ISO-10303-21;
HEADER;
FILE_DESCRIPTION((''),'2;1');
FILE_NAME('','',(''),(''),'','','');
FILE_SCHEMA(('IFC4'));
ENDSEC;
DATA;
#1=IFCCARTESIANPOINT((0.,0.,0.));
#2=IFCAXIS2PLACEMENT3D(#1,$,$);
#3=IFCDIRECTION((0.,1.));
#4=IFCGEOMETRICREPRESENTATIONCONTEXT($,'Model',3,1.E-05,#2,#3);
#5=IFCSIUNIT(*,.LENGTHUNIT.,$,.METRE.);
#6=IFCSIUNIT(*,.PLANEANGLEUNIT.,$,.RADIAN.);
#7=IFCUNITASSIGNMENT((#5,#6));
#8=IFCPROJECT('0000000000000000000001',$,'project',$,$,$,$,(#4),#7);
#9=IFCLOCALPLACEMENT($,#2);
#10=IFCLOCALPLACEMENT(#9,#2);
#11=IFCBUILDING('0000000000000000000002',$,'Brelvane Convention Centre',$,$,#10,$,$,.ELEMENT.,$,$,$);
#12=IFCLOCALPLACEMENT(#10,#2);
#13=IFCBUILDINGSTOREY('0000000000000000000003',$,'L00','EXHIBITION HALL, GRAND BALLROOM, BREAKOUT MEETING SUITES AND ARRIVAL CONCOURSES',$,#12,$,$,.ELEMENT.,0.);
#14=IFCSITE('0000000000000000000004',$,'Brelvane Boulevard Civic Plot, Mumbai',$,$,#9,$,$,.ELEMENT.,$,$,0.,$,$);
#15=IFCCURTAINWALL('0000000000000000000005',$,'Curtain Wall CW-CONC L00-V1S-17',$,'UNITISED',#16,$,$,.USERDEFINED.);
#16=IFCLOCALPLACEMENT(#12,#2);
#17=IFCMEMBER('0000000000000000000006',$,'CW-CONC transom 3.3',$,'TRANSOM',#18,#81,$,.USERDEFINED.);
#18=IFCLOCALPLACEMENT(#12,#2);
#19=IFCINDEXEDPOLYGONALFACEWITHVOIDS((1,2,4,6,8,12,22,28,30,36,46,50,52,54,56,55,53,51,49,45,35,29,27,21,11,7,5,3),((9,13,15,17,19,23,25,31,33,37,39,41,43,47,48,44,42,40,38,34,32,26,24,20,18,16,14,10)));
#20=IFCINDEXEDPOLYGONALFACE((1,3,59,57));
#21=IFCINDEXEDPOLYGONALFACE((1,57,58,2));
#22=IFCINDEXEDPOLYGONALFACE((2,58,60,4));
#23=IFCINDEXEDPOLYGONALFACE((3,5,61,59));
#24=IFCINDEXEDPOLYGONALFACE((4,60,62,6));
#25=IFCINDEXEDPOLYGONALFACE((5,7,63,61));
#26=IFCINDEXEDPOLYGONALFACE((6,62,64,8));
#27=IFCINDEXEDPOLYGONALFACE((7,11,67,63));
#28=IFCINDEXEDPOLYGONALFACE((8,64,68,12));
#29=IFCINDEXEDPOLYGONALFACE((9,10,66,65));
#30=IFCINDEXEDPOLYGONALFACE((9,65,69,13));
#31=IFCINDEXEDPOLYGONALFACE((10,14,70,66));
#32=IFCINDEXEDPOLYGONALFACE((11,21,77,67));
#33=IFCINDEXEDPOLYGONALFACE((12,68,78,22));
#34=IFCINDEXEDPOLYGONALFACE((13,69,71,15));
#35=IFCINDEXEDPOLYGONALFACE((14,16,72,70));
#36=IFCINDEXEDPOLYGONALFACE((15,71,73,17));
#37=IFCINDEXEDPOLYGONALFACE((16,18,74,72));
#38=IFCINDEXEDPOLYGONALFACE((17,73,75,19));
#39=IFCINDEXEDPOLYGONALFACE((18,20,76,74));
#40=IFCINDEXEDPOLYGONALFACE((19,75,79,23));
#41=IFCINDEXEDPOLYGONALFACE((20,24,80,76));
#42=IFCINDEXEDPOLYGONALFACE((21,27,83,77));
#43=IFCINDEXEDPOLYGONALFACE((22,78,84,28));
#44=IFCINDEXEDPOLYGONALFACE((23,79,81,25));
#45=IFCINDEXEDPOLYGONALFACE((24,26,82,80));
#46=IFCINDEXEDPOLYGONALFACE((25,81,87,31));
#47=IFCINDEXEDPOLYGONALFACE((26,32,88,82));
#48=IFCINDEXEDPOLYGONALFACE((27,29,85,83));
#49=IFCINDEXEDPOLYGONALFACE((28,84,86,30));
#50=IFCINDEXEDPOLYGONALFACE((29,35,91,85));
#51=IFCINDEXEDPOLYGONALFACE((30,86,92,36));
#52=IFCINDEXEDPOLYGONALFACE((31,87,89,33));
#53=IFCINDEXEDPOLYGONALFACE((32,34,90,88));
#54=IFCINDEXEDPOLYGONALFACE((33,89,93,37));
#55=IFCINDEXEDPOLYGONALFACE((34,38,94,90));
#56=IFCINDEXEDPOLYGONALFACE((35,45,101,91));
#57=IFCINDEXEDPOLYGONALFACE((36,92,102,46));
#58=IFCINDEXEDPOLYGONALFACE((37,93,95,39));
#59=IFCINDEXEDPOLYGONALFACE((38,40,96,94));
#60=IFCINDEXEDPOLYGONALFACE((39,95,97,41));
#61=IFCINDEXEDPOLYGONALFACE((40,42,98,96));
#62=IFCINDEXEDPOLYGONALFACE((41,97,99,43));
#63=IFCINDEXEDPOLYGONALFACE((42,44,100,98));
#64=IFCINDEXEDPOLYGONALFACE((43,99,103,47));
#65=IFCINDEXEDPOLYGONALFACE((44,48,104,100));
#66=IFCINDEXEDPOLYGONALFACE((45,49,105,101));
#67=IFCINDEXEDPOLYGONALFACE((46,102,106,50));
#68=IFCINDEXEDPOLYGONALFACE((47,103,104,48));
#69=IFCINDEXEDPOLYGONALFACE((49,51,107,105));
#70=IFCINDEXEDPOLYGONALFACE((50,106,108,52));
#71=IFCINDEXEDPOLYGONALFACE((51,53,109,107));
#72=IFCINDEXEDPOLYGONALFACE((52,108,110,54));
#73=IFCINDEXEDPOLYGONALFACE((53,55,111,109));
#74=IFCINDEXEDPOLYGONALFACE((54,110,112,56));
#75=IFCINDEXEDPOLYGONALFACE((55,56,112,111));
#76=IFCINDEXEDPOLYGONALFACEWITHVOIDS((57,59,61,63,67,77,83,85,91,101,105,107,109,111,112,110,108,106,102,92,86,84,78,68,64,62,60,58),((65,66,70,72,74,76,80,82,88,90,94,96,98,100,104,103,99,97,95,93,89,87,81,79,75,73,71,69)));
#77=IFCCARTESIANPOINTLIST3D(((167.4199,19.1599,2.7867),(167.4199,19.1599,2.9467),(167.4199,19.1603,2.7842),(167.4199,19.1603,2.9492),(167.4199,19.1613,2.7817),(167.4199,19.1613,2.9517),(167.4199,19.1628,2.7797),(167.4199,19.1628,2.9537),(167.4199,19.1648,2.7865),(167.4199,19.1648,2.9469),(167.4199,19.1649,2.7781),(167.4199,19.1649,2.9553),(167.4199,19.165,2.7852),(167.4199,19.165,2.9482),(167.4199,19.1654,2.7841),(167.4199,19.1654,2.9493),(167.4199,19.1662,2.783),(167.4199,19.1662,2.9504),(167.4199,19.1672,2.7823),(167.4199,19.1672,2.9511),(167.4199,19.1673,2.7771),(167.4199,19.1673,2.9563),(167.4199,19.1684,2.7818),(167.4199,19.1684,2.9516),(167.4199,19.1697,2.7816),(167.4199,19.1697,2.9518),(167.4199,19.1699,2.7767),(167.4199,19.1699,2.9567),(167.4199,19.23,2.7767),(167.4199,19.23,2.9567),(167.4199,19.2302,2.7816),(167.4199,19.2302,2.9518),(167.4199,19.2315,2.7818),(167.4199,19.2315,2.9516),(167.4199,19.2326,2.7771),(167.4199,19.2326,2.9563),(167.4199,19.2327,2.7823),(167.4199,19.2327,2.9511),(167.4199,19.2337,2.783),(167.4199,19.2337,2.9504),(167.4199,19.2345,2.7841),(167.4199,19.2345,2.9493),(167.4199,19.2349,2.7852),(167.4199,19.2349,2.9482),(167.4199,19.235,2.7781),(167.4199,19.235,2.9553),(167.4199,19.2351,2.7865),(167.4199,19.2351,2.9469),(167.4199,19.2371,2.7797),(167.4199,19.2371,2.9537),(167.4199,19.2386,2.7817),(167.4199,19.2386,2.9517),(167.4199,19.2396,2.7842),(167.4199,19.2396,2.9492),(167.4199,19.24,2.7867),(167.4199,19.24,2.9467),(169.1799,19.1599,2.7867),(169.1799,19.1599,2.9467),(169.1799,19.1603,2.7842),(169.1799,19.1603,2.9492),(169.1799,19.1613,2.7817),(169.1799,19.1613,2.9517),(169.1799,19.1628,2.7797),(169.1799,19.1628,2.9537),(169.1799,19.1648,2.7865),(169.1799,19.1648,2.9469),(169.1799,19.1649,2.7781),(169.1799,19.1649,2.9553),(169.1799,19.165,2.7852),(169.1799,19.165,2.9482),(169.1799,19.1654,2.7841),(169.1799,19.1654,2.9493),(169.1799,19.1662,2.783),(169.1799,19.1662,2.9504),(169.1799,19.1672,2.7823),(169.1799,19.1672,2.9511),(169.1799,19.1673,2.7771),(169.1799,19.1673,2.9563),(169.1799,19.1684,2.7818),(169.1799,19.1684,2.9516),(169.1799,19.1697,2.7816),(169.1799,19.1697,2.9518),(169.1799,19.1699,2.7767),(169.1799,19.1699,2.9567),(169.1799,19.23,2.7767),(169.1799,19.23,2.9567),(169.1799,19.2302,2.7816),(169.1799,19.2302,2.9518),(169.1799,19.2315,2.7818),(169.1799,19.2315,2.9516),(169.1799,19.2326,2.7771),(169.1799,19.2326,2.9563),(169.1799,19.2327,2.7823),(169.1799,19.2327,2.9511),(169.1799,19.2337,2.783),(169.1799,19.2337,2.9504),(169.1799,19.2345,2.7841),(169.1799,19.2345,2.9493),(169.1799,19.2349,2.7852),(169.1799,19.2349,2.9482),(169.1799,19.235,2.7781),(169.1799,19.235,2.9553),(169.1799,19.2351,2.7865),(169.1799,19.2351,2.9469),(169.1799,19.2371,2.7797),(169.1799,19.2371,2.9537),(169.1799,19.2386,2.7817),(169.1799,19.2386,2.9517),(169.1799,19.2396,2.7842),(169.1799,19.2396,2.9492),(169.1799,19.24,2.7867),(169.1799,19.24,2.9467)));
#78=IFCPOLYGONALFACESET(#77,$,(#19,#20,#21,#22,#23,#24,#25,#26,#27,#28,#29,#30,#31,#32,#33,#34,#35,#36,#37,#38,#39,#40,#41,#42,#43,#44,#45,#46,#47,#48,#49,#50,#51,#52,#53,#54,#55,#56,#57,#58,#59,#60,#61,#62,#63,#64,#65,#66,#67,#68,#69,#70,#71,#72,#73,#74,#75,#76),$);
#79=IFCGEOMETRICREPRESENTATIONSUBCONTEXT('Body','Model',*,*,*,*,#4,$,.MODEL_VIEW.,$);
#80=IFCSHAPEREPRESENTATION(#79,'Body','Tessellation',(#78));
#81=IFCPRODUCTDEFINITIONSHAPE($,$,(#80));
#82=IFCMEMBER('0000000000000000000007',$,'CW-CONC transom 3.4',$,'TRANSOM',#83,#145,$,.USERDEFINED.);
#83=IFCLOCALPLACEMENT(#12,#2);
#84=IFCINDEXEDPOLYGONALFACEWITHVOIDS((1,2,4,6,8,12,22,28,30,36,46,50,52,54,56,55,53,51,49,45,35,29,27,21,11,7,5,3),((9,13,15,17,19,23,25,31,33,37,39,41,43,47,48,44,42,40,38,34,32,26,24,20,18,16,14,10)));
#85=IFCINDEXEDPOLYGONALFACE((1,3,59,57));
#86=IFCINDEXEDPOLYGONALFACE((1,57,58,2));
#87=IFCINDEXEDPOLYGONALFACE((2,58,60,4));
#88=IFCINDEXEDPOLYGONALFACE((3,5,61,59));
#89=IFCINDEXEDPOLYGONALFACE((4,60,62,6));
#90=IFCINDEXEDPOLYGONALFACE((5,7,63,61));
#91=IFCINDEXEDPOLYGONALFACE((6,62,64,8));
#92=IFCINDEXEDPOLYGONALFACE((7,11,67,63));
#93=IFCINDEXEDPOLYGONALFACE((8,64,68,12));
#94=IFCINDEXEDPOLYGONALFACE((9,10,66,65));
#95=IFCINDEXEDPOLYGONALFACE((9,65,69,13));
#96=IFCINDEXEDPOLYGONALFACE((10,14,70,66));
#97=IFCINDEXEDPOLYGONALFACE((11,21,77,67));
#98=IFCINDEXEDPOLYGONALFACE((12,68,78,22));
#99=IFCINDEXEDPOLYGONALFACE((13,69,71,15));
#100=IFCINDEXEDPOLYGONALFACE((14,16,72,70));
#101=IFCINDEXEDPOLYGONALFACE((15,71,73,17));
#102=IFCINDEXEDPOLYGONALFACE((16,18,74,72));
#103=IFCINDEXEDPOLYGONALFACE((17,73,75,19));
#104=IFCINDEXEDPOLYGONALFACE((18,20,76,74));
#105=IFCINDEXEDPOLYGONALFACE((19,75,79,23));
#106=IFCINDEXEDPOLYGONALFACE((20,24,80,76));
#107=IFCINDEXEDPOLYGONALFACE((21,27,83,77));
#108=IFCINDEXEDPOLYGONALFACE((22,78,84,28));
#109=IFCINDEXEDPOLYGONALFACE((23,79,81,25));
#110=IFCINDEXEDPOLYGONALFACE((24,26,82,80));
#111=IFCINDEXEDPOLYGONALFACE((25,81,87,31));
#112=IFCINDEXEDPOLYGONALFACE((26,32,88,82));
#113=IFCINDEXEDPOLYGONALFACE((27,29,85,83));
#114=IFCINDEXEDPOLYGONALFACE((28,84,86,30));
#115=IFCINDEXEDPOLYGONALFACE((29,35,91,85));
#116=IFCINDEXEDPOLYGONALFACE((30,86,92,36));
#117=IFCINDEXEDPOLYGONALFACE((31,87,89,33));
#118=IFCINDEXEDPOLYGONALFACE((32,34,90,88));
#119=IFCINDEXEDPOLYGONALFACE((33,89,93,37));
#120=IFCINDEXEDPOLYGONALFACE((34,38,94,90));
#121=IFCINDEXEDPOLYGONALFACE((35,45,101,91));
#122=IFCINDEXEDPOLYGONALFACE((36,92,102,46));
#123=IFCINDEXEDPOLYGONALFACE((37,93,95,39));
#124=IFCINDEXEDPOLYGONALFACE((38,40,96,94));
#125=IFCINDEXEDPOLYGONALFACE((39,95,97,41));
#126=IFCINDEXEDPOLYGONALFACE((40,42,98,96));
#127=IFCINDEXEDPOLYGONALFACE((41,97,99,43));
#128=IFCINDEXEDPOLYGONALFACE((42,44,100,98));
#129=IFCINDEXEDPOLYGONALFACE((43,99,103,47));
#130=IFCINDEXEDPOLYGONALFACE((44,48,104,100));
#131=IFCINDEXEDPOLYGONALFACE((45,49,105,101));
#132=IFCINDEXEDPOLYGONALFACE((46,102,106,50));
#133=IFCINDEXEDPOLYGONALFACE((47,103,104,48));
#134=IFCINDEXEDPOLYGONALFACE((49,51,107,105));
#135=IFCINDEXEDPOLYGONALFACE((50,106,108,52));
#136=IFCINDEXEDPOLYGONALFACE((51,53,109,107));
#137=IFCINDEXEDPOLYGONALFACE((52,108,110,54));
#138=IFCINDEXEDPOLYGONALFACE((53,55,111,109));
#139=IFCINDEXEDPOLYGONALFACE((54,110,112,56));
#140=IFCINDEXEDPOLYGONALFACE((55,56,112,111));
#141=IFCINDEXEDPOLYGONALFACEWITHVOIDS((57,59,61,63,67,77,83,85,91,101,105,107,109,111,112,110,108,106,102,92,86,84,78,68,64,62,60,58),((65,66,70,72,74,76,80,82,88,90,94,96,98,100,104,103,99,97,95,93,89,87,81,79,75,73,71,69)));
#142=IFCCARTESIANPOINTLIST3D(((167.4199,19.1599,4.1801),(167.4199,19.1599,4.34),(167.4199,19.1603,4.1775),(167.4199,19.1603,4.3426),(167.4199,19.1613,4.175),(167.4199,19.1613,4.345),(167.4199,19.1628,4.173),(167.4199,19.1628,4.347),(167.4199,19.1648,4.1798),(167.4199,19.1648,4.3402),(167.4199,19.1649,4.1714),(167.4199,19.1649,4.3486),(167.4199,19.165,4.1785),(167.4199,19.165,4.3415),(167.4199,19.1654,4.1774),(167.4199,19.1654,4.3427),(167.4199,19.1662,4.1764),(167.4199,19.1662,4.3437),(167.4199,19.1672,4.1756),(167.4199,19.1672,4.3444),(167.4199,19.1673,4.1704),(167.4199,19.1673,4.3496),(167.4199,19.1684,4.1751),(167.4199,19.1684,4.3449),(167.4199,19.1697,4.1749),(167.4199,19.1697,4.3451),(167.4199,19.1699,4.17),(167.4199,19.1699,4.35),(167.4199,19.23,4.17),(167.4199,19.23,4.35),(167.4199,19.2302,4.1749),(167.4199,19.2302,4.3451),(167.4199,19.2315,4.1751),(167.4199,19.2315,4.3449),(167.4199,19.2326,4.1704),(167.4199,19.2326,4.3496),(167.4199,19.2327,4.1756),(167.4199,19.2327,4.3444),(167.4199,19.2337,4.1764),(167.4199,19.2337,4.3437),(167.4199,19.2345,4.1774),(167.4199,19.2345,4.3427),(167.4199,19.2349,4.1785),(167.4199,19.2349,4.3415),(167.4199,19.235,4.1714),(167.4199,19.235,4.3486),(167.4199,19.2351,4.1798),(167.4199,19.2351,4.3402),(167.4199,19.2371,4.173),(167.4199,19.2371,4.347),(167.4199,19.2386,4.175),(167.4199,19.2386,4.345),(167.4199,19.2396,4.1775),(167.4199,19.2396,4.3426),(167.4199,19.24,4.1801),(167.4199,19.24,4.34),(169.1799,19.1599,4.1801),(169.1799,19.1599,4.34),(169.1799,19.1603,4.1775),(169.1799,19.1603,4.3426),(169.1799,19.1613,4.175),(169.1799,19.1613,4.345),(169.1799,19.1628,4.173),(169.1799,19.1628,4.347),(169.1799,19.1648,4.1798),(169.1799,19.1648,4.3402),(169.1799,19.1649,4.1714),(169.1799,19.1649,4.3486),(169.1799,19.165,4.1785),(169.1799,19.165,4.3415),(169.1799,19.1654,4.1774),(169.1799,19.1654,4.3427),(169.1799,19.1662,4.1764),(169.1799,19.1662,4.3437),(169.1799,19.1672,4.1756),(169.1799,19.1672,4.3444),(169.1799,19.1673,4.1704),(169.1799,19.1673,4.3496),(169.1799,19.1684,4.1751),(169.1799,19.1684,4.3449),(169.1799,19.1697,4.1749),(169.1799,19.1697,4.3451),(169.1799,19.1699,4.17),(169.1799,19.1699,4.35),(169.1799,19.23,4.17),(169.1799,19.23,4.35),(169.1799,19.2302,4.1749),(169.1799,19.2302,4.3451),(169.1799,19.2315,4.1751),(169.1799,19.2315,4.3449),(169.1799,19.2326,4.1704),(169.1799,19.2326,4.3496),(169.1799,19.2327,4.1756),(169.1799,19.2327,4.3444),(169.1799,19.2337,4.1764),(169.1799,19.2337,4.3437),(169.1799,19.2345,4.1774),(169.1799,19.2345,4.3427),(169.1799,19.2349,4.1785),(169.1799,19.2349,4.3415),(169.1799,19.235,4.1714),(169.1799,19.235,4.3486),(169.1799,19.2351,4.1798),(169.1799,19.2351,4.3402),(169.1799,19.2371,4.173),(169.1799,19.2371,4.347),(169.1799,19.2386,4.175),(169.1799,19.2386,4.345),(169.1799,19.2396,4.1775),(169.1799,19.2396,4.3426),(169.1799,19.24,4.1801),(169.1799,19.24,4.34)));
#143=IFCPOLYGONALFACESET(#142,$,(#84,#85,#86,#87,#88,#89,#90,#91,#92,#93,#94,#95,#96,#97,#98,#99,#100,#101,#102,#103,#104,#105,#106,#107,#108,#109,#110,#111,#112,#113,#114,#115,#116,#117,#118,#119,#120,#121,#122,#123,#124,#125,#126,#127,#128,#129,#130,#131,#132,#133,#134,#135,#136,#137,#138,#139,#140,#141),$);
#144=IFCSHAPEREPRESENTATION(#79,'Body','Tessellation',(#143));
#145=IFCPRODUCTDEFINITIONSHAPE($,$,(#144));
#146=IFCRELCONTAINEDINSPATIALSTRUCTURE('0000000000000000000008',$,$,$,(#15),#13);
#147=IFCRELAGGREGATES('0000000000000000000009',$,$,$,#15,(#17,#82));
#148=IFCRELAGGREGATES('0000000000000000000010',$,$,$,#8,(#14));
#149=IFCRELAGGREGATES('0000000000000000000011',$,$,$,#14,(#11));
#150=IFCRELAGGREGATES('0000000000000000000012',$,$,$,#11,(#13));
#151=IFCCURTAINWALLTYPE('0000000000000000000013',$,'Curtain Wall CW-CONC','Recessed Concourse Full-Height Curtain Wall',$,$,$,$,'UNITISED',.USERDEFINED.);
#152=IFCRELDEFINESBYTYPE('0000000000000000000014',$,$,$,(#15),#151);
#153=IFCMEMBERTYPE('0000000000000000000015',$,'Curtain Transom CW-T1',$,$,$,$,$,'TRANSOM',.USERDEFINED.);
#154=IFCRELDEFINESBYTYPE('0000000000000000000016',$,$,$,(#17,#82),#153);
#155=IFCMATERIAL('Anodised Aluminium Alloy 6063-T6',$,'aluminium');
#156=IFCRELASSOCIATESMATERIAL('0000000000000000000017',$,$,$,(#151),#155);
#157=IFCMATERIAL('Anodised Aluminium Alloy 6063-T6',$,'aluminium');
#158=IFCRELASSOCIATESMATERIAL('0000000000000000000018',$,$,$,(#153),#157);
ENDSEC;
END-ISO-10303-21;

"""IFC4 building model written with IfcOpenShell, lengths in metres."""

from ifc_helpers import new_model, si_unit, direction, frame, origin, origin_2d, place, context, subcontext, project, spatial, hollow_rectangle, extrude, material, material_profile, profile_set, type_object, element, aggregate, save


model = new_model("IFC4")

# Units and contexts
model_context = context("Model", 3, precision=1e-05, world=origin(), true_north=direction((0.0, 1.0)))
body_context = subcontext(model_context, "Body", "Model", "MODEL_VIEW")
ifc_project = project(units=[si_unit("LENGTHUNIT", "METRE"), si_unit("PLANEANGLEUNIT", "RADIAN")], contexts=[model_context])

# Site, building, storey
site_placement = place(None, origin())
site = spatial("IfcSite", under=ifc_project, at=site_placement, Name="Brelvane Boulevard Civic Plot, Mumbai", CompositionType="ELEMENT", RefElevation=0.0)
building_placement = place(site_placement, origin())
building = spatial("IfcBuilding", under=site, at=building_placement, Name="Brelvane Convention Centre", CompositionType="ELEMENT")
storey_placement = place(building_placement, origin())
storey = spatial("IfcBuildingStorey", under=building, at=storey_placement, Name="L00", Description="EXHIBITION HALL, GRAND BALLROOM, BREAKOUT MEETING SUITES AND ARRIVAL CONCOURSES", CompositionType="ELEMENT", Elevation=0.0)

# Curtain wall, members
ifc_material_1 = material(Name="Anodised Aluminium Alloy 6063-T6", Category="aluminium")
curtain_wall_type = type_object("IfcCurtainWallType", Name="Curtain Wall CW-CONC", Description="Recessed Concourse Full-Height Curtain Wall", ElementType="UNITISED", PredefinedType="USERDEFINED", material=ifc_material_1)
curtain_wall_placement = place(storey_placement, origin())
curtain_wall = element("IfcCurtainWall", 1, at=curtain_wall_placement, inside=storey, type_object=curtain_wall_type, Name="Curtain Wall CW-CONC L00-V1S-17", ObjectType="UNITISED", PredefinedType="USERDEFINED")
ifc_material_2 = material(Name="Anodised Aluminium Alloy 6063-T6", Category="aluminium")
ifc_material_profile_1 = material_profile(ifc_material_2, hollow_rectangle(XDim=0.0801, YDim=0.1799, WallThickness=0.0049, InnerFilletRadius=0.0049, OuterFilletRadius=0.01, at=origin_2d()), Name="ALU-T 180x80x5.0")
ifc_profile_set_1 = profile_set([ifc_material_profile_1], Name="Anodised Aluminium Alloy 6063-T6")
member_type_1 = type_object("IfcMemberType", Name="Curtain Transom CW-T1", ElementType="TRANSOM", PredefinedType="USERDEFINED", material=ifc_profile_set_1)
member_1_placement = place(storey_placement, frame((167.4199, 19.2, 2.8667), z_axis=(1.0, 0.0, 0.0), x_axis=(0.0, 1.0, 0.0)))
member_1 = element("IfcMember", 2, at=member_1_placement, type_object=member_type_1, Name="CW-CONC transom 3.3", ObjectType="TRANSOM", PredefinedType="USERDEFINED", context=body_context, shape_type="SweptSolid", body=[
    extrude(hollow_rectangle(XDim=0.0801, YDim=0.1799, WallThickness=0.0049, InnerFilletRadius=0.0049, OuterFilletRadius=0.01, at=origin_2d()), origin(), (0.0, 0.0, 1.0), 1.76),
])
member_2_placement = place(storey_placement, frame((167.4199, 19.2, 4.26), z_axis=(1.0, 0.0, 0.0), x_axis=(0.0, 1.0, 0.0)))
member_2 = element("IfcMember", 3, at=member_2_placement, type_object=member_type_1, Name="CW-CONC transom 3.4", ObjectType="TRANSOM", PredefinedType="USERDEFINED", context=body_context, shape_type="SweptSolid", body=[
    extrude(hollow_rectangle(XDim=0.0801, YDim=0.1799, WallThickness=0.0049, InnerFilletRadius=0.0049, OuterFilletRadius=0.01, at=origin_2d()), origin(), (0.0, 0.0, 1.0), 1.76),
])

aggregate(curtain_wall, [member_1, member_2])

save(model, "model.ifc")
